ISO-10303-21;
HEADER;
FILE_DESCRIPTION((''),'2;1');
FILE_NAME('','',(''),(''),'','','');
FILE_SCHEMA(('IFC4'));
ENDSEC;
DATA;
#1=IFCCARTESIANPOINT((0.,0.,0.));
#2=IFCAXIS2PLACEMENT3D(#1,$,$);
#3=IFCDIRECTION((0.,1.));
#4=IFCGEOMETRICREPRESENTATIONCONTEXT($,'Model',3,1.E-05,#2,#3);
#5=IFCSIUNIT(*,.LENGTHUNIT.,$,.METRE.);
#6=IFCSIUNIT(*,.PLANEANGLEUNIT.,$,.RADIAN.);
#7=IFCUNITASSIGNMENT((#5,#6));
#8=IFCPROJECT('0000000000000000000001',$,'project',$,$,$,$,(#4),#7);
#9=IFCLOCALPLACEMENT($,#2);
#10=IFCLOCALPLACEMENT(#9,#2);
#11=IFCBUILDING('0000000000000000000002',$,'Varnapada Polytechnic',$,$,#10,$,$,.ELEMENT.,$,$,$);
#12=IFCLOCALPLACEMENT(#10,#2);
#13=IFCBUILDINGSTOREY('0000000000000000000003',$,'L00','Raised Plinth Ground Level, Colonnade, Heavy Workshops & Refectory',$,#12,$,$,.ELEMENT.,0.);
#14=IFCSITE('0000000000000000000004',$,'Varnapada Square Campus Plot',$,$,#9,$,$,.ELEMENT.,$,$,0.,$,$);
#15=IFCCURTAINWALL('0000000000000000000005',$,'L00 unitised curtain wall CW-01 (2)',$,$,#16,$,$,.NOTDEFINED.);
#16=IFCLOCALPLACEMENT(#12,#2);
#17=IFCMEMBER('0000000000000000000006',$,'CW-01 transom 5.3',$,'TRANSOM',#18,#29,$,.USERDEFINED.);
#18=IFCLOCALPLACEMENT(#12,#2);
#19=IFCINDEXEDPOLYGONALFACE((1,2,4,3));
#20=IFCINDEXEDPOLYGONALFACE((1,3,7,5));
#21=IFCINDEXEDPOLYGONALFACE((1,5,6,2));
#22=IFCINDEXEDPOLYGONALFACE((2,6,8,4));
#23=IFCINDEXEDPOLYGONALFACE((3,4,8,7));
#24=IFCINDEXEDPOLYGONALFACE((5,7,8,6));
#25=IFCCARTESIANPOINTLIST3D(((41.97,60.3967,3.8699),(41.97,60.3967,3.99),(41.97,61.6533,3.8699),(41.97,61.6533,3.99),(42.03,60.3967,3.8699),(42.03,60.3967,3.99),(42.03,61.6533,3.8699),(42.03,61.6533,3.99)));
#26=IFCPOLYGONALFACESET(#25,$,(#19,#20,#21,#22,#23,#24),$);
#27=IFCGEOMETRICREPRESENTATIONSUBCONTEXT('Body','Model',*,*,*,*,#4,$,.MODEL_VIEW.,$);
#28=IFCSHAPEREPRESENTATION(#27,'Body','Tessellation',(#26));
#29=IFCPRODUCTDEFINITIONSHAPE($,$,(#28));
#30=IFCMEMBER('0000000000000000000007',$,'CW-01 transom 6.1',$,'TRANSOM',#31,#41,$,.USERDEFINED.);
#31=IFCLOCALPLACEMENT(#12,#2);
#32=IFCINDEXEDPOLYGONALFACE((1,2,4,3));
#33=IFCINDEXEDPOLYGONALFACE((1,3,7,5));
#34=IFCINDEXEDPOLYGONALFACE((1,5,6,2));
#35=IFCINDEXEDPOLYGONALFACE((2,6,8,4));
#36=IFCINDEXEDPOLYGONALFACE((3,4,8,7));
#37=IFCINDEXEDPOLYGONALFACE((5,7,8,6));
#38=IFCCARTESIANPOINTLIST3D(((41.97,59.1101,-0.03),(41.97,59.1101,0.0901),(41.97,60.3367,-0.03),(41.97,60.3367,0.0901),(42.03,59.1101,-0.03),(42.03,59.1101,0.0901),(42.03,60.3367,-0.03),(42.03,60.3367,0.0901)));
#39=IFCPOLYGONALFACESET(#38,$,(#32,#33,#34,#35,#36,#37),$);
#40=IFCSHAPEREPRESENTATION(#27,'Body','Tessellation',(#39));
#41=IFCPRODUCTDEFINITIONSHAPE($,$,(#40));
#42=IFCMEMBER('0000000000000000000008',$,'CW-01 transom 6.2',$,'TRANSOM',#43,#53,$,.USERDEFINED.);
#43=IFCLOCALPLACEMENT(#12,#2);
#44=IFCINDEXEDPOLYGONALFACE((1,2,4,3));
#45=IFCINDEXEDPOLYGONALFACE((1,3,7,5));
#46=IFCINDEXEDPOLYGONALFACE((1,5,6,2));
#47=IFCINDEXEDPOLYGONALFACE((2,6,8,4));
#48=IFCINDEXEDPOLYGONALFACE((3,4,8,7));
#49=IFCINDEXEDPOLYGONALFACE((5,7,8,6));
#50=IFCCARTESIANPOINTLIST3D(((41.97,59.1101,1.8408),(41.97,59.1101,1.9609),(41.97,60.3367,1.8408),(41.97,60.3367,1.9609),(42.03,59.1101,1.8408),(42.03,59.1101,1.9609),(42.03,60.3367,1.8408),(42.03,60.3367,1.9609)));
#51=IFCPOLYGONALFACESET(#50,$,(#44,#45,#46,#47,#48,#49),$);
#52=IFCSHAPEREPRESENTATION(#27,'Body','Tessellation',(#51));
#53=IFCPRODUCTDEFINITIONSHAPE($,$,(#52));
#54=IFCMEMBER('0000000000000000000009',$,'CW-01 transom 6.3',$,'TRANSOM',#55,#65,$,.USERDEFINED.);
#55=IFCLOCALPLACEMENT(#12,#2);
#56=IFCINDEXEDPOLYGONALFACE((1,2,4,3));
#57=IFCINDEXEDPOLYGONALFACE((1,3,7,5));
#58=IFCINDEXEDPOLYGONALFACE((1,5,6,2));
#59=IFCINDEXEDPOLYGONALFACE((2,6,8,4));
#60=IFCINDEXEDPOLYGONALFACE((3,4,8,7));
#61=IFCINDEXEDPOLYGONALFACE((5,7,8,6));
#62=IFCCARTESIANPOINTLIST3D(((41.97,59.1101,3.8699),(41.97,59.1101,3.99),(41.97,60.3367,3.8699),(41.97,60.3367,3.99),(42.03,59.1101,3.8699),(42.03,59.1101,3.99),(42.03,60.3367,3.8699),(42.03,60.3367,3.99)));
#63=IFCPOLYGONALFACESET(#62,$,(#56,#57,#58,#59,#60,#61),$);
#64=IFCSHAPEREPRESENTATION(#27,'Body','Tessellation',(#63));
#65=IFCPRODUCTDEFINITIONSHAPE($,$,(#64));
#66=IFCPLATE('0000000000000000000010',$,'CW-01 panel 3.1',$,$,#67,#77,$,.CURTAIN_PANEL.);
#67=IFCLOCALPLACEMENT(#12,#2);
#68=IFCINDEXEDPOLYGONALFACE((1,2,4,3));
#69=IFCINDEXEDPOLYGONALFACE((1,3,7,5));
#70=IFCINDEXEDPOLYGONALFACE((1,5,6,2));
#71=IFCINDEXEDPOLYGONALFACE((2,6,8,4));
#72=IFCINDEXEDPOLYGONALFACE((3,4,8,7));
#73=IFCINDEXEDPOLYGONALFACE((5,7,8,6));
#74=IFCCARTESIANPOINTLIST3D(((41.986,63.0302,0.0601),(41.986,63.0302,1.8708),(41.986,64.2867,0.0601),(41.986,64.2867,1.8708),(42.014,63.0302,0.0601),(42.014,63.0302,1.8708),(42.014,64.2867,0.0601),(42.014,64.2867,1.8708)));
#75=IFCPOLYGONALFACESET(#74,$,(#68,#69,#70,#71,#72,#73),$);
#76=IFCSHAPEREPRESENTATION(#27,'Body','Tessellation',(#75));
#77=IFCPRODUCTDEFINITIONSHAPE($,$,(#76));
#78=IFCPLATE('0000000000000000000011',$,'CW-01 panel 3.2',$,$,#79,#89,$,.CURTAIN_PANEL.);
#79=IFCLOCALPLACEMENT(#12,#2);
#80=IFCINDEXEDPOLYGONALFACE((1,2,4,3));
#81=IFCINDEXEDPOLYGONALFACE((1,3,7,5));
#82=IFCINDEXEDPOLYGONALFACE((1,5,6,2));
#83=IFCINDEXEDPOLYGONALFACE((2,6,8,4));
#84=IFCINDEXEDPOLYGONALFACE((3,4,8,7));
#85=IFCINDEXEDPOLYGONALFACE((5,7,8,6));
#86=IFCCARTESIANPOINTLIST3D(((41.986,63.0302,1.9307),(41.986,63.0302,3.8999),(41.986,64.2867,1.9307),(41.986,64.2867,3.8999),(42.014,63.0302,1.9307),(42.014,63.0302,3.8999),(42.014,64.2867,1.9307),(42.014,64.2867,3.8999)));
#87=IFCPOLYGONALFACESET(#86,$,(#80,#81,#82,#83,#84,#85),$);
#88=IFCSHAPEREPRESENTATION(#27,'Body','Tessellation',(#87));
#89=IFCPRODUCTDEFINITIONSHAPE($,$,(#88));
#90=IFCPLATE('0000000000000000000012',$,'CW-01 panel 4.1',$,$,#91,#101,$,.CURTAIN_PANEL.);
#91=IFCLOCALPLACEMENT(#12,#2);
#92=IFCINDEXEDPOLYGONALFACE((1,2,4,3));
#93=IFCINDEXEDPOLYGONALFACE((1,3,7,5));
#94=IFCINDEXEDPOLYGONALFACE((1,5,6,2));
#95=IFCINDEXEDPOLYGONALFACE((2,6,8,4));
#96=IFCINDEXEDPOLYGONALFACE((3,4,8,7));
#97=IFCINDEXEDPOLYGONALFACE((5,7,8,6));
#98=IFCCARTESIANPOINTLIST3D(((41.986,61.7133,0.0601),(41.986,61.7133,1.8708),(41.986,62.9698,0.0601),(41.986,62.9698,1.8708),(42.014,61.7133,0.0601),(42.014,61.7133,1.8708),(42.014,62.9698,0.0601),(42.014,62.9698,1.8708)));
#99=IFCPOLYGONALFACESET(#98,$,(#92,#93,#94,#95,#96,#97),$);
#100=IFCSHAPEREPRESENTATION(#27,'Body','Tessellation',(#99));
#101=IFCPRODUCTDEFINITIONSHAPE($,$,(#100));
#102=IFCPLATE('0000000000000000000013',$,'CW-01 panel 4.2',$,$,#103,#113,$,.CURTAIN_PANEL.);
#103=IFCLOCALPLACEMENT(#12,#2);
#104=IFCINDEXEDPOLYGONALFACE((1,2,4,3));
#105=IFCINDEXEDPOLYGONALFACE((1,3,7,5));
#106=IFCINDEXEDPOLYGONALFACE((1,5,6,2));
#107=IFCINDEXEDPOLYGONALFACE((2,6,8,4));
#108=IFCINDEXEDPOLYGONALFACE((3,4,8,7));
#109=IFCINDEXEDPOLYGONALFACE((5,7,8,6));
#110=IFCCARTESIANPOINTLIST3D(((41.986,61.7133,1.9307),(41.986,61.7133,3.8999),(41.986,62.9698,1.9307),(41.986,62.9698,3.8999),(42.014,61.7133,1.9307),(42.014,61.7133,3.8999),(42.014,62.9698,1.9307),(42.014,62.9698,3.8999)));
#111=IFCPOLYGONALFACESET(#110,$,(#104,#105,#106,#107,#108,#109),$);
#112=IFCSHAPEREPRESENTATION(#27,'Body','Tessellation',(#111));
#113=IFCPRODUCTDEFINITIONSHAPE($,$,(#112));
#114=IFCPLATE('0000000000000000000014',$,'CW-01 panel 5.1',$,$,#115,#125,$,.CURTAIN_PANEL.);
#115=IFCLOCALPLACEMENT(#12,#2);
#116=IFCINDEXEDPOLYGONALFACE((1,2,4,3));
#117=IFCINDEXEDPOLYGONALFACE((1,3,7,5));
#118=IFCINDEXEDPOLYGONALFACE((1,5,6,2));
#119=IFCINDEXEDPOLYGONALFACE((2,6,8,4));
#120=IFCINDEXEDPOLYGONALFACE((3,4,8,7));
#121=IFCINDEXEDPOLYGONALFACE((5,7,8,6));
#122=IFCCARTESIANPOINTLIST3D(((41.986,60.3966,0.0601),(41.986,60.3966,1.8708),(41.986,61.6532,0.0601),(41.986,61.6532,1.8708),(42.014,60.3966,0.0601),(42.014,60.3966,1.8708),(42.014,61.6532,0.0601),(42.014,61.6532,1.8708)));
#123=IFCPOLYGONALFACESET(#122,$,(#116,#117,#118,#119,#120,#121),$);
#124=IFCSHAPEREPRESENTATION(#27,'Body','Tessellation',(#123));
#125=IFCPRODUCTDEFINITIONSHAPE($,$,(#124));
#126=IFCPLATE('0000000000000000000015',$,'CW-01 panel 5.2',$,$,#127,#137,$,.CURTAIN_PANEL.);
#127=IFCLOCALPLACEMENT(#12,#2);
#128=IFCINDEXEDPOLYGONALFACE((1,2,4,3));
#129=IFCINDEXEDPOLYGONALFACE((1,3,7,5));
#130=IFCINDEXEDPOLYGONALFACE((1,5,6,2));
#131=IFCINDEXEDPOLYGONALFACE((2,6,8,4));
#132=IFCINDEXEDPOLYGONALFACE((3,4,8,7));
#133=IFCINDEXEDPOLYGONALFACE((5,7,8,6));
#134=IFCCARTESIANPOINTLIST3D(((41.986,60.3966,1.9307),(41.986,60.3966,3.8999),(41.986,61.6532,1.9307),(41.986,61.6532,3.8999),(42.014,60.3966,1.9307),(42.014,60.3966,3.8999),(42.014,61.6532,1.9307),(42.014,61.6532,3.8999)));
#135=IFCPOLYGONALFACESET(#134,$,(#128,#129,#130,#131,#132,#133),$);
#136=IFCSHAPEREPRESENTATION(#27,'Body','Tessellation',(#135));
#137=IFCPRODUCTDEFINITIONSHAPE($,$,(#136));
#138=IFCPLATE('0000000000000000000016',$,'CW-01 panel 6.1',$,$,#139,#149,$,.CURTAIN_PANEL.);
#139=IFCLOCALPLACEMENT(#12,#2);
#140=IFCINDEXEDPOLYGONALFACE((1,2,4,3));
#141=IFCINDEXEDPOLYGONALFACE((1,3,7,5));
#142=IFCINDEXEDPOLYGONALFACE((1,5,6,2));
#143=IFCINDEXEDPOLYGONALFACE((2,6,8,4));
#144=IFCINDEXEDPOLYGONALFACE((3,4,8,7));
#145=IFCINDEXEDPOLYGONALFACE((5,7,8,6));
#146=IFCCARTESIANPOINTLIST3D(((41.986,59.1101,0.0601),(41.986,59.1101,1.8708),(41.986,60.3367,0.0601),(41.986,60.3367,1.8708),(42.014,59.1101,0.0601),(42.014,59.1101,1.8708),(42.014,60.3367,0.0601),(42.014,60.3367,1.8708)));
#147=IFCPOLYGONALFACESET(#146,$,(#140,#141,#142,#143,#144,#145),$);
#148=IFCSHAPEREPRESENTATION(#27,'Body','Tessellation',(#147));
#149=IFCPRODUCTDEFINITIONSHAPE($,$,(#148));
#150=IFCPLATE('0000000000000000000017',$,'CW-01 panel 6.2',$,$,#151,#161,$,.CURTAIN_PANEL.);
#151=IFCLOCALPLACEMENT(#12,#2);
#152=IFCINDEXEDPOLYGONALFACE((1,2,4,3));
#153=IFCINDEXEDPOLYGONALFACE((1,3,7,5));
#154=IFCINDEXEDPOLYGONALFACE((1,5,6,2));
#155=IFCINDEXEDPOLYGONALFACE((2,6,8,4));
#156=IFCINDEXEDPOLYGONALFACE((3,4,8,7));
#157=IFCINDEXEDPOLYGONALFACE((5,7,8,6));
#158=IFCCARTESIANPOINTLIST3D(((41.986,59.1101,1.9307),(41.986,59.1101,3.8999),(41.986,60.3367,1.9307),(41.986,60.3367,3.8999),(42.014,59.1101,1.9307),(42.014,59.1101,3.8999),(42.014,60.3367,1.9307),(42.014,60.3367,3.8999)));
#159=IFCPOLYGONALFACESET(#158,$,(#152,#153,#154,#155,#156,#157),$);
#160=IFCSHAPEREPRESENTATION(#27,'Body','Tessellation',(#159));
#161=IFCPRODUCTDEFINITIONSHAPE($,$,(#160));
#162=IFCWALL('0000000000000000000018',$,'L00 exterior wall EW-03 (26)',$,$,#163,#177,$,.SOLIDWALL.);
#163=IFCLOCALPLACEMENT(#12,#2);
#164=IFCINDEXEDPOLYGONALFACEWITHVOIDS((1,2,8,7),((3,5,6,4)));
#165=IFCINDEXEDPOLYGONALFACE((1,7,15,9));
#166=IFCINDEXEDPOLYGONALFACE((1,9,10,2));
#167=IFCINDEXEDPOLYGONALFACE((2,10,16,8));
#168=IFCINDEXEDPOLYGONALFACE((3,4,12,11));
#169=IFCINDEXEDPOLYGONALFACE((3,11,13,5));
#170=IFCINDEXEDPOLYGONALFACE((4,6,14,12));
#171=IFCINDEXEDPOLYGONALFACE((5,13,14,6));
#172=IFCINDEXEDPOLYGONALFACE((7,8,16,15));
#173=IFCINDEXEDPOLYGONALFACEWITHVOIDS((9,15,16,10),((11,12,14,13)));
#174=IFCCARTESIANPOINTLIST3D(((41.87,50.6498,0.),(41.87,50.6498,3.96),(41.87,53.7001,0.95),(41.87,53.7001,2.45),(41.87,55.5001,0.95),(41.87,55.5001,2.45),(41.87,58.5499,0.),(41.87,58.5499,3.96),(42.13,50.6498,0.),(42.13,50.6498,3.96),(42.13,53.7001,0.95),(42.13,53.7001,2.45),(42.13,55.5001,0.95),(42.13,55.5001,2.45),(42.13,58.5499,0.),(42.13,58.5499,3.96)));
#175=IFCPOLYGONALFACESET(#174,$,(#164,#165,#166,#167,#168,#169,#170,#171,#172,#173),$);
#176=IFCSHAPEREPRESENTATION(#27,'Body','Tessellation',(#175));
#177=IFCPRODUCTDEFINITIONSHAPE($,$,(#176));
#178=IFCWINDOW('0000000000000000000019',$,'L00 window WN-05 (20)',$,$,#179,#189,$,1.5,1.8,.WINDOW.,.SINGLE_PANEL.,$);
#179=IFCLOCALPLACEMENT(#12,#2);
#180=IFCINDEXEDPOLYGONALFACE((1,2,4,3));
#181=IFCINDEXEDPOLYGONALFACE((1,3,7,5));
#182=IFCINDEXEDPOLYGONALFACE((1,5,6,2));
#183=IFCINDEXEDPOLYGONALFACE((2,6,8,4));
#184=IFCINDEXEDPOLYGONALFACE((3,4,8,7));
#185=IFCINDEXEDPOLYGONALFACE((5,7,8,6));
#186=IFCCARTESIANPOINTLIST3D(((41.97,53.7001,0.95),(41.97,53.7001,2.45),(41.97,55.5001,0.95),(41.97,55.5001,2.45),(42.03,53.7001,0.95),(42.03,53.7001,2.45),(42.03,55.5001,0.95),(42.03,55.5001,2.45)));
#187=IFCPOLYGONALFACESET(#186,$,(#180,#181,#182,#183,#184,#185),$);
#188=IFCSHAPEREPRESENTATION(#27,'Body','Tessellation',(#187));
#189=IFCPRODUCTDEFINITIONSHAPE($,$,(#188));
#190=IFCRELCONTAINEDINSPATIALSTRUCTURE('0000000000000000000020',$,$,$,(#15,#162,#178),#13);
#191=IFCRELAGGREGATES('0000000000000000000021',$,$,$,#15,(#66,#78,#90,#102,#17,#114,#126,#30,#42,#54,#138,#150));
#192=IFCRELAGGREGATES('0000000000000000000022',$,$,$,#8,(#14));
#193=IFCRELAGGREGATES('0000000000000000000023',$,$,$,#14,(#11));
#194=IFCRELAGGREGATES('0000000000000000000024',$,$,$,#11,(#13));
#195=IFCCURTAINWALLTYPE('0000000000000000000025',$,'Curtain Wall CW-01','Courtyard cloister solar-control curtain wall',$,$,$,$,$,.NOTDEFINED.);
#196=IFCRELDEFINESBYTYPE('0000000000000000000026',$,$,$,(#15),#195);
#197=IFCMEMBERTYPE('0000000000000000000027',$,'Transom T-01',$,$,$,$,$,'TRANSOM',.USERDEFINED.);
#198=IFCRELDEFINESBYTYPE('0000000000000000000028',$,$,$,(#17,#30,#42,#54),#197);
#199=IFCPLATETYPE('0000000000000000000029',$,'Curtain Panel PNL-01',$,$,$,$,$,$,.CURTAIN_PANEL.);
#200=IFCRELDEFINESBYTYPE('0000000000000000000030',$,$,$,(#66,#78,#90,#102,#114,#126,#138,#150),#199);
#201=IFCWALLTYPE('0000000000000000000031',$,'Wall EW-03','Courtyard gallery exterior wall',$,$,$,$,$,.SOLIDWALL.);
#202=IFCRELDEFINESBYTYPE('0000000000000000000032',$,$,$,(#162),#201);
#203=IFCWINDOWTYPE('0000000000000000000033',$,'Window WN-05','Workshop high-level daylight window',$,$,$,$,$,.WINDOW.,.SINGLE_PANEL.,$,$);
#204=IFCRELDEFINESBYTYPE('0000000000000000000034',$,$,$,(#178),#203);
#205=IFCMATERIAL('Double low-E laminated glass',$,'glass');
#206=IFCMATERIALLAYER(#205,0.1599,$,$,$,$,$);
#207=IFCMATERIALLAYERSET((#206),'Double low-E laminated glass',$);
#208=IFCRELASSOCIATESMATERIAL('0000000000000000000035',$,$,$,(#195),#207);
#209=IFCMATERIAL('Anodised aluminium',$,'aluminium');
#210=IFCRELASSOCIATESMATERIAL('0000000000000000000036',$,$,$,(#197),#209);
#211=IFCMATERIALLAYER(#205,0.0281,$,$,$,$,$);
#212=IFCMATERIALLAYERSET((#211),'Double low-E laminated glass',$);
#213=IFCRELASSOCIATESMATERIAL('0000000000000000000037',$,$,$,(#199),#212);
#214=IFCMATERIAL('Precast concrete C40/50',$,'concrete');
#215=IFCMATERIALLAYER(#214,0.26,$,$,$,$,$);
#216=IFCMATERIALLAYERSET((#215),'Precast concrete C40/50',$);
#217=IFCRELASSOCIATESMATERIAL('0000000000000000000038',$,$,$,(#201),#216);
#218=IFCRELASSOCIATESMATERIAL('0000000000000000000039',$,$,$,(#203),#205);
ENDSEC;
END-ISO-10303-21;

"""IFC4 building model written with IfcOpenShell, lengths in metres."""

from ifc_helpers import new_model, si_unit, direction, frame, frame_2d, origin, origin_2d, place, context, subcontext, project, spatial, rectangle, extrude, material, layer, layer_set, material_profile, profile_set, type_object, element, fill, aggregate, save


model = new_model("IFC4")

# Units and contexts
model_context = context("Model", 3, precision=1e-05, world=origin(), true_north=direction((0.0, 1.0)))
body_context = subcontext(model_context, "Body", "Model", "MODEL_VIEW")
ifc_project = project(units=[si_unit("LENGTHUNIT", "METRE"), si_unit("PLANEANGLEUNIT", "RADIAN")], contexts=[model_context])

# Site, building, storey
site_placement = place(None, origin())
site = spatial("IfcSite", under=ifc_project, at=site_placement, Name="Varnapada Square Campus Plot", CompositionType="ELEMENT", RefElevation=0.0)
building_placement = place(site_placement, origin())
building = spatial("IfcBuilding", under=site, at=building_placement, Name="Varnapada Polytechnic", CompositionType="ELEMENT")
storey_placement = place(building_placement, origin())
storey = spatial("IfcBuildingStorey", under=building, at=storey_placement, Name="L00", Description="Raised Plinth Ground Level, Colonnade, Heavy Workshops & Refectory", CompositionType="ELEMENT", Elevation=0.0)

# Curtain wall
ifc_material_1 = material(Name="Double low-E laminated glass", Category="glass")
ifc_layer_1 = layer(ifc_material_1, 0.1599)
ifc_layer_set_1 = layer_set([ifc_layer_1], Name="Double low-E laminated glass")
curtain_wall_type = type_object("IfcCurtainWallType", Name="Curtain Wall CW-01", Description="Courtyard cloister solar-control curtain wall", PredefinedType="NOTDEFINED", material=ifc_layer_set_1)
curtain_wall_placement = place(storey_placement, origin())
curtain_wall = element("IfcCurtainWall", 1, at=curtain_wall_placement, inside=storey, type_object=curtain_wall_type, Name="L00 unitised curtain wall CW-01 (2)", PredefinedType="NOTDEFINED")
ifc_material_2 = material(Name="Anodised aluminium", Category="aluminium")

# Members
ifc_material_profile_1 = material_profile(ifc_material_2, rectangle(XDim=0.0601, YDim=0.1201, at=origin_2d()), Name="ALU T60x120")
ifc_profile_set_1 = profile_set([ifc_material_profile_1], Name="Anodised aluminium")
member_type_1 = type_object("IfcMemberType", Name="Transom T-01", ElementType="TRANSOM", PredefinedType="USERDEFINED", material=ifc_profile_set_1)
member_1_placement = place(storey_placement, frame((42.0, 61.6533, 3.9299), z_axis=(0.0, -1.0, 0.0), x_axis=(1.0, 0.0, 0.0)))
member_1 = element("IfcMember", 2, at=member_1_placement, type_object=member_type_1, Name="CW-01 transom 5.3", ObjectType="TRANSOM", PredefinedType="USERDEFINED", context=body_context, shape_type="SweptSolid", body=[
    extrude(rectangle(XDim=0.0601, YDim=0.1201, at=origin_2d()), origin(), (0.0, 0.0, 1.0), 1.2566),
])
member_2_placement = place(storey_placement, frame((42.0, 60.3367, 0.03), z_axis=(0.0, -1.0, 0.0), x_axis=(1.0, 0.0, 0.0)))
member_2 = element("IfcMember", 3, at=member_2_placement, type_object=member_type_1, Name="CW-01 transom 6.1", ObjectType="TRANSOM", PredefinedType="USERDEFINED", context=body_context, shape_type="SweptSolid", body=[
    extrude(rectangle(XDim=0.0601, YDim=0.1201, at=origin_2d()), origin(), (0.0, 0.0, 1.0), 1.2266),
])
member_3_placement = place(storey_placement, frame((42.0, 60.3367, 1.9009), z_axis=(0.0, -1.0, 0.0), x_axis=(1.0, 0.0, 0.0)))
member_3 = element("IfcMember", 4, at=member_3_placement, type_object=member_type_1, Name="CW-01 transom 6.2", ObjectType="TRANSOM", PredefinedType="USERDEFINED", context=body_context, shape_type="SweptSolid", body=[
    extrude(rectangle(XDim=0.0601, YDim=0.1201, at=origin_2d()), origin(), (0.0, 0.0, 1.0), 1.2266),
])
member_4_placement = place(storey_placement, frame((42.0, 60.3367, 3.9299), z_axis=(0.0, -1.0, 0.0), x_axis=(1.0, 0.0, 0.0)))
member_4 = element("IfcMember", 5, at=member_4_placement, type_object=member_type_1, Name="CW-01 transom 6.3", ObjectType="TRANSOM", PredefinedType="USERDEFINED", context=body_context, shape_type="SweptSolid", body=[
    extrude(rectangle(XDim=0.0601, YDim=0.1201, at=origin_2d()), origin(), (0.0, 0.0, 1.0), 1.2266),
])

# Plates
ifc_layer_2 = layer(ifc_material_1, 0.0281)
ifc_layer_set_2 = layer_set([ifc_layer_2], Name="Double low-E laminated glass")
plate_type = type_object("IfcPlateType", Name="Curtain Panel PNL-01", PredefinedType="CURTAIN_PANEL", material=ifc_layer_set_2)
plate_1_placement = place(storey_placement, frame((42.0, 63.6584, 0.0601), z_axis=(0.0, 0.0, 1.0), x_axis=(0.0, -1.0, 0.0)))
plate_1 = element("IfcPlate", 6, at=plate_1_placement, type_object=plate_type, Name="CW-01 panel 3.1", PredefinedType="CURTAIN_PANEL", context=body_context, shape_type="SweptSolid", body=[
    extrude(rectangle(XDim=1.2566, YDim=0.0281, at=origin_2d()), origin(), (0.0, 0.0, 1.0), 1.8108),
])
plate_2_placement = place(storey_placement, frame((42.0, 63.6584, 1.9307), z_axis=(0.0, 0.0, 1.0), x_axis=(0.0, -1.0, 0.0)))
plate_2 = element("IfcPlate", 7, at=plate_2_placement, type_object=plate_type, Name="CW-01 panel 3.2", PredefinedType="CURTAIN_PANEL", context=body_context, shape_type="SweptSolid", body=[
    extrude(rectangle(XDim=1.2566, YDim=0.0281, at=origin_2d()), origin(), (0.0, 0.0, 1.0), 1.9692),
])
plate_3_placement = place(storey_placement, frame((42.0, 62.3416, 0.0601), z_axis=(0.0, 0.0, 1.0), x_axis=(0.0, -1.0, 0.0)))
plate_3 = element("IfcPlate", 8, at=plate_3_placement, type_object=plate_type, Name="CW-01 panel 4.1", PredefinedType="CURTAIN_PANEL", context=body_context, shape_type="SweptSolid", body=[
    extrude(rectangle(XDim=1.2566, YDim=0.0281, at=origin_2d()), origin(), (0.0, 0.0, 1.0), 1.8108),
])
plate_4_placement = place(storey_placement, frame((42.0, 62.3416, 1.9307), z_axis=(0.0, 0.0, 1.0), x_axis=(0.0, -1.0, 0.0)))
plate_4 = element("IfcPlate", 9, at=plate_4_placement, type_object=plate_type, Name="CW-01 panel 4.2", PredefinedType="CURTAIN_PANEL", context=body_context, shape_type="SweptSolid", body=[
    extrude(rectangle(XDim=1.2566, YDim=0.0281, at=origin_2d()), origin(), (0.0, 0.0, 1.0), 1.9692),
])
plate_5_placement = place(storey_placement, frame((42.0, 61.0249, 0.0601), z_axis=(0.0, 0.0, 1.0), x_axis=(0.0, -1.0, 0.0)))
plate_5 = element("IfcPlate", 10, at=plate_5_placement, type_object=plate_type, Name="CW-01 panel 5.1", PredefinedType="CURTAIN_PANEL", context=body_context, shape_type="SweptSolid", body=[
    extrude(rectangle(XDim=1.2566, YDim=0.0281, at=origin_2d()), origin(), (0.0, 0.0, 1.0), 1.8108),
])
plate_6_placement = place(storey_placement, frame((42.0, 61.0249, 1.9307), z_axis=(0.0, 0.0, 1.0), x_axis=(0.0, -1.0, 0.0)))
plate_6 = element("IfcPlate", 11, at=plate_6_placement, type_object=plate_type, Name="CW-01 panel 5.2", PredefinedType="CURTAIN_PANEL", context=body_context, shape_type="SweptSolid", body=[
    extrude(rectangle(XDim=1.2566, YDim=0.0281, at=origin_2d()), origin(), (0.0, 0.0, 1.0), 1.9692),
])
plate_7_placement = place(storey_placement, frame((42.0, 59.7234, 0.0601), z_axis=(0.0, 0.0, 1.0), x_axis=(0.0, -1.0, 0.0)))
plate_7 = element("IfcPlate", 12, at=plate_7_placement, type_object=plate_type, Name="CW-01 panel 6.1", PredefinedType="CURTAIN_PANEL", context=body_context, shape_type="SweptSolid", body=[
    extrude(rectangle(XDim=1.2266, YDim=0.0281, at=origin_2d()), origin(), (0.0, 0.0, 1.0), 1.8108),
])
plate_8_placement = place(storey_placement, frame((42.0, 59.7234, 1.9307), z_axis=(0.0, 0.0, 1.0), x_axis=(0.0, -1.0, 0.0)))
plate_8 = element("IfcPlate", 13, at=plate_8_placement, type_object=plate_type, Name="CW-01 panel 6.2", PredefinedType="CURTAIN_PANEL", context=body_context, shape_type="SweptSolid", body=[
    extrude(rectangle(XDim=1.2266, YDim=0.0281, at=origin_2d()), origin(), (0.0, 0.0, 1.0), 1.9692),
])
aggregate(curtain_wall, [plate_1, plate_2, plate_3, plate_4, member_1, plate_5, plate_6, member_2, member_3, member_4, plate_7, plate_8])

# Wall, opening, window
ifc_material_3 = material(Name="Precast concrete C40/50", Category="concrete")
ifc_layer_3 = layer(ifc_material_3, 0.26)
ifc_layer_set_3 = layer_set([ifc_layer_3], Name="Precast concrete C40/50")
wall_type = type_object("IfcWallType", Name="Wall EW-03", Description="Courtyard gallery exterior wall", PredefinedType="SOLIDWALL", material=ifc_layer_set_3)
wall_placement = place(storey_placement, frame((42.0, 58.55, 0.0), z_axis=(0.0, 0.0, 1.0), x_axis=(0.0, -1.0, 0.0)))
wall = element("IfcWall", 14, at=wall_placement, inside=storey, type_object=wall_type, Name="L00 exterior wall EW-03 (26)", PredefinedType="SOLIDWALL", context=body_context, shape_type="SweptSolid", body=[
    extrude(rectangle(XDim=7.9001, YDim=0.26, at=frame_2d((3.9502, 0.0))), origin(), (0.0, 0.0, 1.0), 3.96),
])
opening_placement = place(wall_placement, frame((3.05, 0.0, 0.95)))
opening = element("IfcOpeningElement", 15, at=opening_placement, cuts=wall, PredefinedType="OPENING", context=body_context, shape_type="SweptSolid", body=[
    extrude(rectangle(XDim=1.8, YDim=1.5, at=frame_2d((0.8999, 0.75))), frame((0.0, 0.1399, 0.0), z_axis=(0.0, -1.0, 0.0), x_axis=(1.0, 0.0, 0.0)), (0.0, 0.0, 1.0), 0.28),
])
window_type = type_object("IfcWindowType", Name="Window WN-05", Description="Workshop high-level daylight window", PartitioningType="SINGLE_PANEL", PredefinedType="WINDOW", material=ifc_material_1)
window_placement = place(opening_placement, origin())
window = element("IfcWindow", 16, at=window_placement, inside=storey, type_object=window_type, Name="L00 window WN-05 (20)", OverallHeight=1.5, OverallWidth=1.8, PartitioningType="SINGLE_PANEL", PredefinedType="WINDOW", context=body_context, shape_type="SweptSolid", body=[
    extrude(rectangle(XDim=1.8, YDim=1.5, at=frame_2d((0.8999, 0.75))), frame((0.0, 0.03, 0.0), z_axis=(0.0, -1.0, 0.0), x_axis=(1.0, 0.0, 0.0)), (0.0, 0.0, 1.0), 0.0601),
])
fill(opening, window)

save(model, "model.ifc")
